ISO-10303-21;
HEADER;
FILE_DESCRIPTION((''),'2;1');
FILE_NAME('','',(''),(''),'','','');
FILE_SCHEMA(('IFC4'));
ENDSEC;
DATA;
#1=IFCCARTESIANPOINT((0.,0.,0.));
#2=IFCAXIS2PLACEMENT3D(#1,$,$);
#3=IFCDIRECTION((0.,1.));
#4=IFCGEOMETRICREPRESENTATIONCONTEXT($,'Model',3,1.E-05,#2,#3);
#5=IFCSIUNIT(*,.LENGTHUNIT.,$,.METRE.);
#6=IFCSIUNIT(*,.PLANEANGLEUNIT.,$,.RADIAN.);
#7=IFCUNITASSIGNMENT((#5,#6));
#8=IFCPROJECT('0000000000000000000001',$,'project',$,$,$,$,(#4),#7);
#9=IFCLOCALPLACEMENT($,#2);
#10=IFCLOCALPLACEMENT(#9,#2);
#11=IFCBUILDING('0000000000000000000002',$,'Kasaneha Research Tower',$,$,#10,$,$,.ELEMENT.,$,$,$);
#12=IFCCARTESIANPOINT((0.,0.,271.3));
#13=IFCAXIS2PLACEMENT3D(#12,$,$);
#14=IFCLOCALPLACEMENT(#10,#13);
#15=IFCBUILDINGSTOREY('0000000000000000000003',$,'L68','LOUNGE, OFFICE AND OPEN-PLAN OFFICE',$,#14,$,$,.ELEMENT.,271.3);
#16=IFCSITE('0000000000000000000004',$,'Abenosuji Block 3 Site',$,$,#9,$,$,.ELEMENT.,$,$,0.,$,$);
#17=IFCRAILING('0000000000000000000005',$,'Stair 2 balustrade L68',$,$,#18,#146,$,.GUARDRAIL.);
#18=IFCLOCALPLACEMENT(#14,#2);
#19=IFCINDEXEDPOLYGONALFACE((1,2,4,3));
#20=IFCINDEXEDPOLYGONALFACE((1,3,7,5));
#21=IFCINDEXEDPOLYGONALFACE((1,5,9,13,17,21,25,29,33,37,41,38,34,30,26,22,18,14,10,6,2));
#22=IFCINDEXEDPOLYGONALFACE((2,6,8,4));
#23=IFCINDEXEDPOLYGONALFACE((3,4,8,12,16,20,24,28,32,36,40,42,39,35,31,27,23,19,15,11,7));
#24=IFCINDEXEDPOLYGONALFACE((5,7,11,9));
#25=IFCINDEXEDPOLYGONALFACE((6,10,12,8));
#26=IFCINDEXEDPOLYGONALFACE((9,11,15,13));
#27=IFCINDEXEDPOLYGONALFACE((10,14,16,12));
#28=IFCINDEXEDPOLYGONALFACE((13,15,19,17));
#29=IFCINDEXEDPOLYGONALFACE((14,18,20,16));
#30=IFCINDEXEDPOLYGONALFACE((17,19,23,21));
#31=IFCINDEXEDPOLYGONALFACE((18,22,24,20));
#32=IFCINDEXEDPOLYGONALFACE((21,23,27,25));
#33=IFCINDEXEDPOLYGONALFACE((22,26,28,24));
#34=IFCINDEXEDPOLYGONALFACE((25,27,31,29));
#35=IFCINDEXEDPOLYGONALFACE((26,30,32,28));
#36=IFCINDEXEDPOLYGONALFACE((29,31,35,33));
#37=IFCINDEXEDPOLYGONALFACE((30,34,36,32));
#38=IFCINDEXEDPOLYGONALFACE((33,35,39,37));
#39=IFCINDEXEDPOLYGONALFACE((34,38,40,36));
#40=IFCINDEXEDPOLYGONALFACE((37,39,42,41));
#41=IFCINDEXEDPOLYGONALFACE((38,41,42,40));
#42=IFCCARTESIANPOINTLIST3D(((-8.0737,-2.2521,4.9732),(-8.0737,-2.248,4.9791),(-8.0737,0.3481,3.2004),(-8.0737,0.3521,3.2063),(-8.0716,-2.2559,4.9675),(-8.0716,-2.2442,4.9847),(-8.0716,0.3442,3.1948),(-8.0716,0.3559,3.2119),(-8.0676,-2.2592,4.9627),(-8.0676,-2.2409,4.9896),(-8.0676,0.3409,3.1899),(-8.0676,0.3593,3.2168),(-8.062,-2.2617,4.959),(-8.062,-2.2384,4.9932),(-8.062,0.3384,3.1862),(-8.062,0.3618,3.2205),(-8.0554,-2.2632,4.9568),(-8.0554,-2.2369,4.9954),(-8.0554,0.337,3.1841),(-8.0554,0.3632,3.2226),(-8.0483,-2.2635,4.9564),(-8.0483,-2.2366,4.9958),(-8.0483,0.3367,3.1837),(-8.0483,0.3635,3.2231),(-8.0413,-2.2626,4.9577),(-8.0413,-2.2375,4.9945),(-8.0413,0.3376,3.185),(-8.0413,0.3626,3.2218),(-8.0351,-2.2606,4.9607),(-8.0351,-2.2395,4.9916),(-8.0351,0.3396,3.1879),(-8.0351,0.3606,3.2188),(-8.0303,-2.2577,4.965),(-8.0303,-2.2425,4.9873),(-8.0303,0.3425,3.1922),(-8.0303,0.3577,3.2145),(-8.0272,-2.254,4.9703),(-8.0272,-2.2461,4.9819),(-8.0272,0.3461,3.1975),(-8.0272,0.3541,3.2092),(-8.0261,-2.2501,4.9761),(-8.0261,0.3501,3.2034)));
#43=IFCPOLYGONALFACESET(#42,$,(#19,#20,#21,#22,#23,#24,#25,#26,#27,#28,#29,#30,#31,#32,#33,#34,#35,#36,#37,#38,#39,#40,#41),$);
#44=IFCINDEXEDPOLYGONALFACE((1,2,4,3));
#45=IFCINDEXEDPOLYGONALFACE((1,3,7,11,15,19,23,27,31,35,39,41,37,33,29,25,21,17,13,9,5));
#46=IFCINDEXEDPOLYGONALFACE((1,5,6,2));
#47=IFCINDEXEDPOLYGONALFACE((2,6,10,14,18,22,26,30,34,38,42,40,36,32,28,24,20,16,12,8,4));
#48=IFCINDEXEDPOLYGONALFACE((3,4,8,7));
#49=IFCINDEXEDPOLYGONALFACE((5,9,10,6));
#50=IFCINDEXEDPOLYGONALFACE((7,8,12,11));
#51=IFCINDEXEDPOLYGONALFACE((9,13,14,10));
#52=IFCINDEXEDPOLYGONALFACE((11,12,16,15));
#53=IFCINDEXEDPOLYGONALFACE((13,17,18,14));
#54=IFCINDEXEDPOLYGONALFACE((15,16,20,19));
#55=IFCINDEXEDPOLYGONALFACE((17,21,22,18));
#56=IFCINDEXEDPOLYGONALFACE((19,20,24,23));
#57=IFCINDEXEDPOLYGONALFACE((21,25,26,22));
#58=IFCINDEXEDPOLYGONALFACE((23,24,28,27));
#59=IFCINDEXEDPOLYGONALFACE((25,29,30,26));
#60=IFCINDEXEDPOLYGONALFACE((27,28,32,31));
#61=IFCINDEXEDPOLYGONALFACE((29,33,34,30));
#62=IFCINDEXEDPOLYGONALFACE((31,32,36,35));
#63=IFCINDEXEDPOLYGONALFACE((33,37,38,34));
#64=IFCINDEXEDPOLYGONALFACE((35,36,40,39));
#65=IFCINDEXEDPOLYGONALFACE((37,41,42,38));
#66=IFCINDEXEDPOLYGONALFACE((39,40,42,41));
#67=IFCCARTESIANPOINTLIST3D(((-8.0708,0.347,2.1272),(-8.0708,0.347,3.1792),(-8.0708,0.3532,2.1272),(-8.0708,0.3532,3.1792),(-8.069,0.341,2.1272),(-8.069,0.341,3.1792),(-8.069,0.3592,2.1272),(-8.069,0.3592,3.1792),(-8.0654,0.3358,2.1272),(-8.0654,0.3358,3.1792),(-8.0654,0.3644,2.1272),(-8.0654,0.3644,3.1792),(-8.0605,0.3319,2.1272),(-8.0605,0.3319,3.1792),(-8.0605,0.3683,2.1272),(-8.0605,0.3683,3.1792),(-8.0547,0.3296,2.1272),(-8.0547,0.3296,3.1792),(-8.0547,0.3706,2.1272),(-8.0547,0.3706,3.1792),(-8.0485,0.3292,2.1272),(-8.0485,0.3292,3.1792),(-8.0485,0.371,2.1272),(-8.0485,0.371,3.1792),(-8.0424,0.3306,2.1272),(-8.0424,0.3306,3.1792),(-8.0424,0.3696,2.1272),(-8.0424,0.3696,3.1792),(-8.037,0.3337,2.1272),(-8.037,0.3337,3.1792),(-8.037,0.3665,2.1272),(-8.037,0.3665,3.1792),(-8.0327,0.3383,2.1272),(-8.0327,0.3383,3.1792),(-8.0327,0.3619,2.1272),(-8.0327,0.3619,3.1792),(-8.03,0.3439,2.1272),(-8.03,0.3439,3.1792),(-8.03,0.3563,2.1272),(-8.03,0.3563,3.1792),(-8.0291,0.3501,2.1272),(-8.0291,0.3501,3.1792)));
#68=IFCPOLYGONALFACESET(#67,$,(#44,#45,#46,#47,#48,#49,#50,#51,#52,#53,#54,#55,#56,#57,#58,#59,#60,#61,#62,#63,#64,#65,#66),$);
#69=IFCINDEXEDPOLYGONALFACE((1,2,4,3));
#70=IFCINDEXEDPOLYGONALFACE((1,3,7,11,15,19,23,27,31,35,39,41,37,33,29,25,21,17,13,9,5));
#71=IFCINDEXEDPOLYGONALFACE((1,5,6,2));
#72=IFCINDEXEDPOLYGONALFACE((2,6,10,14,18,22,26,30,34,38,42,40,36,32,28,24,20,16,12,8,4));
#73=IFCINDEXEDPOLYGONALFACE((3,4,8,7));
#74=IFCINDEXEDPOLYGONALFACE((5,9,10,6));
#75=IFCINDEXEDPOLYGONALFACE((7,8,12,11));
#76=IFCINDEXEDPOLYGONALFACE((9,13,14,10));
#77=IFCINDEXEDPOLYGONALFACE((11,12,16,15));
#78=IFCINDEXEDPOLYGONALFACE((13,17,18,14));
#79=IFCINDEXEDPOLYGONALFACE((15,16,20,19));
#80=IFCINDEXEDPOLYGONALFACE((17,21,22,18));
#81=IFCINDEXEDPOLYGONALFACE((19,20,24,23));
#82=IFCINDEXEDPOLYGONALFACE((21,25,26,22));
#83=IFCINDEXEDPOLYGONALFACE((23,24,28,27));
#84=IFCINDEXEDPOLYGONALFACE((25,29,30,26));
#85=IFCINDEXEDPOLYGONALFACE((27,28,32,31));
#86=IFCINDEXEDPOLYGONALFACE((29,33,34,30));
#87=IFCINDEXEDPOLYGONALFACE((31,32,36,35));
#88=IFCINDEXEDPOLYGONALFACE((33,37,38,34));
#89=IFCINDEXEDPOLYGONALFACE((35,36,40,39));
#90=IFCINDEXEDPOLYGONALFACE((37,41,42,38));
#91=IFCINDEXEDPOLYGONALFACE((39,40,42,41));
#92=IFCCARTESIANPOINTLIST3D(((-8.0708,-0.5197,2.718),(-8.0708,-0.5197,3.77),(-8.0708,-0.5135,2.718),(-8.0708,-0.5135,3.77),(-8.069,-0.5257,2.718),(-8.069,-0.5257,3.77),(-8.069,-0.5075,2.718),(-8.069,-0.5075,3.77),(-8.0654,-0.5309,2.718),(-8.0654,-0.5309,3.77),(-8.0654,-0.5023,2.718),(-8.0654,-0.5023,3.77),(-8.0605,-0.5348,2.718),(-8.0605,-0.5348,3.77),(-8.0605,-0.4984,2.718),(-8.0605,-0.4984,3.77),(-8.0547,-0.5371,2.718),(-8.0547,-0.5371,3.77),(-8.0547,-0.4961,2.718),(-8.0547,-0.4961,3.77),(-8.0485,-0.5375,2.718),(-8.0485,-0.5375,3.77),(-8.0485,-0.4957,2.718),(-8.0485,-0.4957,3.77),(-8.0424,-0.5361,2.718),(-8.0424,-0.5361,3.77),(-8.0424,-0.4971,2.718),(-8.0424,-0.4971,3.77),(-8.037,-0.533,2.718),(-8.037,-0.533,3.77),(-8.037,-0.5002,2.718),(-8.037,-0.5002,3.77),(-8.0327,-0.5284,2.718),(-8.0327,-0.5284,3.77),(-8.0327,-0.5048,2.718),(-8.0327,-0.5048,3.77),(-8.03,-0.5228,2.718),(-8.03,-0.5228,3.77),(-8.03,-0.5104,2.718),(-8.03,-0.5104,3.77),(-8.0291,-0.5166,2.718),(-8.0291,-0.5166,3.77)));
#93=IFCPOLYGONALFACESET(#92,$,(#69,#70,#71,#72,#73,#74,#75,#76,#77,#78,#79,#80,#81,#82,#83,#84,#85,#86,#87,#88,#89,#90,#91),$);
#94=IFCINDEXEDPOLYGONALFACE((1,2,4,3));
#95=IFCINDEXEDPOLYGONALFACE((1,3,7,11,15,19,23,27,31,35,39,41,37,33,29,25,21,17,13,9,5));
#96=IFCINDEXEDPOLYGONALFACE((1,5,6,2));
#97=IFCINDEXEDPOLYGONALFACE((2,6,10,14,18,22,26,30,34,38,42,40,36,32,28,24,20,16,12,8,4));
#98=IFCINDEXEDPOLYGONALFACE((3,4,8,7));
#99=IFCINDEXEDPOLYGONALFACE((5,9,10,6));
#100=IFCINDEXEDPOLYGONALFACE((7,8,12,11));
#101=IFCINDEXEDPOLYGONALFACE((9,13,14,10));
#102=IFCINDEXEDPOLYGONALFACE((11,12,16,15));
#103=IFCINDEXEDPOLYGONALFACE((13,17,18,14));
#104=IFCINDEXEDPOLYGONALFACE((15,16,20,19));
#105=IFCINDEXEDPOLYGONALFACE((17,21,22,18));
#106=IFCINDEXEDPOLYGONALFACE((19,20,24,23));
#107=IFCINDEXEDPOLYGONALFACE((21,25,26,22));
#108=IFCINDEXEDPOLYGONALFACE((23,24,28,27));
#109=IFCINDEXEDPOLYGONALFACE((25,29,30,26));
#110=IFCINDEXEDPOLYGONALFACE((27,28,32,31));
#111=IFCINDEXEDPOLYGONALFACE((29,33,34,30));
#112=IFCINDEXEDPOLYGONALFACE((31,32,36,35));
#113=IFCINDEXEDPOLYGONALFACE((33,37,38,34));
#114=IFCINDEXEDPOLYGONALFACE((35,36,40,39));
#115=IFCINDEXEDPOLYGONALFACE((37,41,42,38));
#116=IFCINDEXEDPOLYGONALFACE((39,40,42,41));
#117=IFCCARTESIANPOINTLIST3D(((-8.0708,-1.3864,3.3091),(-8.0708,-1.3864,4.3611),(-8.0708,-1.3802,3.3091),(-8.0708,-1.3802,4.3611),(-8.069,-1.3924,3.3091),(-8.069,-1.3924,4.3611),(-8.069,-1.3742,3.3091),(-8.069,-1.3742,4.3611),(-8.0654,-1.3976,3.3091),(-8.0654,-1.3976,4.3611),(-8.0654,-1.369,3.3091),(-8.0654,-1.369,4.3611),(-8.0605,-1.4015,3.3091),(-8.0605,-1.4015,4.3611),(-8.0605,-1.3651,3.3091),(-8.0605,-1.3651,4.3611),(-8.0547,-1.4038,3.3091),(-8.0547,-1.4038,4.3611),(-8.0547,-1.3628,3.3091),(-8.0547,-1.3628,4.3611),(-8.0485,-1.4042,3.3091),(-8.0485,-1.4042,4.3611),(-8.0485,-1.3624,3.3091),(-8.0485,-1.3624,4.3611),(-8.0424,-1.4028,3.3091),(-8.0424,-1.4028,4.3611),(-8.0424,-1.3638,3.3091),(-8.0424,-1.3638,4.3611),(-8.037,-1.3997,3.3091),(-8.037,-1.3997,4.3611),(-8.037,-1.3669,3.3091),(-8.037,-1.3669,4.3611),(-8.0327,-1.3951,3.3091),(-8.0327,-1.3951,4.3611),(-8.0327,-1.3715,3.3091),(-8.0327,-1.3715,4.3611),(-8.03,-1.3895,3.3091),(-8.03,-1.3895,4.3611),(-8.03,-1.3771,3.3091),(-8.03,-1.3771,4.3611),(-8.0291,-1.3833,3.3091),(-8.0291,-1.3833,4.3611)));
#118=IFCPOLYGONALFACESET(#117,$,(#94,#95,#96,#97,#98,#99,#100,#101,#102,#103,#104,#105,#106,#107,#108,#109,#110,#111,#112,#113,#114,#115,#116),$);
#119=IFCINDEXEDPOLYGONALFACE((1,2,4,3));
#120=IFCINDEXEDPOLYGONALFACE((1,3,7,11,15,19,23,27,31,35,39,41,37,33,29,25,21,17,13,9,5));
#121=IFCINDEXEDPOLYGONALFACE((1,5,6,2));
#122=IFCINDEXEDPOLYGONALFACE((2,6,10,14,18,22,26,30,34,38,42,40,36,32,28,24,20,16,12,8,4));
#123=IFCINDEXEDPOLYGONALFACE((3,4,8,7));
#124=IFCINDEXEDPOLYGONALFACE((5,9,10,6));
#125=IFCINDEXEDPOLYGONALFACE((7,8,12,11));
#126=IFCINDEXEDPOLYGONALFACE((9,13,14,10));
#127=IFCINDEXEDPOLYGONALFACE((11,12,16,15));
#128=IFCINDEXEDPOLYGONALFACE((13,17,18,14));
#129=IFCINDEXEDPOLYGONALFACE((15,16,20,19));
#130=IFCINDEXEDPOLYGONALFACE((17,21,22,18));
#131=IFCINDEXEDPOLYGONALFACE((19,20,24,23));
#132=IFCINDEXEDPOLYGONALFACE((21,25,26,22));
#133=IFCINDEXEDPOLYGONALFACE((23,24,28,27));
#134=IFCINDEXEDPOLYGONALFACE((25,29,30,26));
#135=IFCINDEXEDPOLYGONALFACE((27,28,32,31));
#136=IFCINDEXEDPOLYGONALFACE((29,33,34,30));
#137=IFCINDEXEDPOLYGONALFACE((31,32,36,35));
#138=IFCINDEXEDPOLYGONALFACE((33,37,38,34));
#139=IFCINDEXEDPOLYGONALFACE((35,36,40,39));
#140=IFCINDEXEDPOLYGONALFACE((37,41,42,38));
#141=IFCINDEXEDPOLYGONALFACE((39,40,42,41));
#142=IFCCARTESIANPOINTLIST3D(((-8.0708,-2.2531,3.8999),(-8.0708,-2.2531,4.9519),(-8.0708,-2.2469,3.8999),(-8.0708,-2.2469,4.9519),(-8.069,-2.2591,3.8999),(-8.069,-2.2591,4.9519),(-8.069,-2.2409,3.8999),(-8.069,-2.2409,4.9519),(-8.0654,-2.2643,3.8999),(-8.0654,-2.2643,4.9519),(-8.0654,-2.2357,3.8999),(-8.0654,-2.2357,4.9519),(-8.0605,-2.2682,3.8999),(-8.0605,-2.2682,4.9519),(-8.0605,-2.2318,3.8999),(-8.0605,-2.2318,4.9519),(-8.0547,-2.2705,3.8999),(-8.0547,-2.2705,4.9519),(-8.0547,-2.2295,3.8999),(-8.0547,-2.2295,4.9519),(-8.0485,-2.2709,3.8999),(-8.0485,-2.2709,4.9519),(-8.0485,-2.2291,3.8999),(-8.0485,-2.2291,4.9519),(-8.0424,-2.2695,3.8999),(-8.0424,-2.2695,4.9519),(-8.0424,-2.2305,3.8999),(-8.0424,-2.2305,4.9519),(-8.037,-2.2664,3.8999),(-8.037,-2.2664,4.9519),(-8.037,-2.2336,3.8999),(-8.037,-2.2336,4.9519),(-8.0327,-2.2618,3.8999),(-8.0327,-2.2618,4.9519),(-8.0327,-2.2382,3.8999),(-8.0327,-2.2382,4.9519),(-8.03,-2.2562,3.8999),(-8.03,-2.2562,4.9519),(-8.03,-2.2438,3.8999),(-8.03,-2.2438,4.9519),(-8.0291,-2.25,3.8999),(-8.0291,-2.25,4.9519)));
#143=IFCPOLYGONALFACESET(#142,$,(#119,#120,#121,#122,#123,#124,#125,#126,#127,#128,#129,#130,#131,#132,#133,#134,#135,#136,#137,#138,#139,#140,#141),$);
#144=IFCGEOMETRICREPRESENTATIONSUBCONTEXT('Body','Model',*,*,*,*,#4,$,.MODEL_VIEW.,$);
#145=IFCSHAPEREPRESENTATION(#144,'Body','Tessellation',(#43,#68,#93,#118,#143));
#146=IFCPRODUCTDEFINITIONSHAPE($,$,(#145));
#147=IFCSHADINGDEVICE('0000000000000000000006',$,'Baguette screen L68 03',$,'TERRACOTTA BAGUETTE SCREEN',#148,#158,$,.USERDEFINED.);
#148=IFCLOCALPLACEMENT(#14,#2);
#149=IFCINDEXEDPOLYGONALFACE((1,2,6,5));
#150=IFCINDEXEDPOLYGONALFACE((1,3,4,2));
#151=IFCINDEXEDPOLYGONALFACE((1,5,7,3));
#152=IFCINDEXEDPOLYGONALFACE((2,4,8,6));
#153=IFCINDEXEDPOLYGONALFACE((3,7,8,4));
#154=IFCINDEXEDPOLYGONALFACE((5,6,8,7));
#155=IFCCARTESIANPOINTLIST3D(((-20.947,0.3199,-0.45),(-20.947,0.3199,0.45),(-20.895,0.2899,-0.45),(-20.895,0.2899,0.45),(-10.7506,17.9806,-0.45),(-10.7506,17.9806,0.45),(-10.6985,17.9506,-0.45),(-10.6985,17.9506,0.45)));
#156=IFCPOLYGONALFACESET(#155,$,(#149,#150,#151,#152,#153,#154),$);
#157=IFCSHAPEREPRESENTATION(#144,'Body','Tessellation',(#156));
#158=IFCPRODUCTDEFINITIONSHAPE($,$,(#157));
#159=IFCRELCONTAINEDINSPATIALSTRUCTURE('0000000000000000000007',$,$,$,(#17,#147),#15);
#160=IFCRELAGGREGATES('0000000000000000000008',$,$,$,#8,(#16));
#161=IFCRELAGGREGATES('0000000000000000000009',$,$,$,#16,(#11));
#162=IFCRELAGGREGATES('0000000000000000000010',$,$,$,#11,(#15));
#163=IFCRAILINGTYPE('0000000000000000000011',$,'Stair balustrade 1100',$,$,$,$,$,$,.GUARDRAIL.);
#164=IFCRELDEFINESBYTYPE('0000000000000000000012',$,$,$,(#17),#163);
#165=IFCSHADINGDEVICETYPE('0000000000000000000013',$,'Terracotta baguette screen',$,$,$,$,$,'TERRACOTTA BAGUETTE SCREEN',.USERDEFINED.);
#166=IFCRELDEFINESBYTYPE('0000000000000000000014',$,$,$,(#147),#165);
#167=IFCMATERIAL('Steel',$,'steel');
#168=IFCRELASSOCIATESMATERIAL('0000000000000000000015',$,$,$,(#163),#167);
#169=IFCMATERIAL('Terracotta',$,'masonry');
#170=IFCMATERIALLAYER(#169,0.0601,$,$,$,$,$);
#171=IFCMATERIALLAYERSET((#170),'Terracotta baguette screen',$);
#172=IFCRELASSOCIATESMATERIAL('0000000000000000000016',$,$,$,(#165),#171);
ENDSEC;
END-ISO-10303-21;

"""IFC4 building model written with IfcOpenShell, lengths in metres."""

from ifc_helpers import new_model, si_unit, direction, frame, origin, origin_2d, place, context, subcontext, project, spatial, rectangle, circle, extrude, material, layer, layer_set, type_object, element, save


model = new_model("IFC4")

# Units and contexts
model_context = context("Model", 3, precision=1e-05, world=origin(), true_north=direction((0.0, 1.0)))
body_context = subcontext(model_context, "Body", "Model", "MODEL_VIEW")
ifc_project = project(units=[si_unit("LENGTHUNIT", "METRE"), si_unit("PLANEANGLEUNIT", "RADIAN")], contexts=[model_context])

# Site, building, storey
site_placement = place(None, origin())
site = spatial("IfcSite", under=ifc_project, at=site_placement, Name="Abenosuji Block 3 Site", CompositionType="ELEMENT", RefElevation=0.0)
building_placement = place(site_placement, origin())
building = spatial("IfcBuilding", under=site, at=building_placement, Name="Kasaneha Research Tower", CompositionType="ELEMENT")
storey_placement = place(building_placement, frame((0.0, 0.0, 271.3)))
storey = spatial("IfcBuildingStorey", under=building, at=storey_placement, Name="L68", Description="LOUNGE, OFFICE AND OPEN-PLAN OFFICE", CompositionType="ELEMENT", Elevation=271.3)

# Railing
ifc_material_1 = material(Name="Steel", Category="steel")
railing_type = type_object("IfcRailingType", Name="Stair balustrade 1100", PredefinedType="GUARDRAIL", material=ifc_material_1)
railing_placement = place(storey_placement, frame((-8.05, 0.3501, 2.1272)))
element("IfcRailing", 1, at=railing_placement, inside=storey, type_object=railing_type, Name="Stair 2 balustrade L68", PredefinedType="GUARDRAIL", context=body_context, shape_type="SweptSolid", body=[
    extrude(circle(Radius=0.0239, at=origin_2d()), frame((0.0, 0.0, 1.0762), z_axis=(0.0, -0.82624, 0.563318), x_axis=(1.0, 0.0, 0.0)), (0.0, 0.0, 1.0), 3.147),
    extrude(circle(Radius=0.021, at=origin_2d()), origin(), (0.0, 0.0, 1.0), 1.052),
    extrude(circle(Radius=0.021, at=origin_2d()), frame((0.0, -0.8667, 0.5908)), (0.0, 0.0, 1.0), 1.052),
    extrude(circle(Radius=0.021, at=origin_2d()), frame((0.0, -1.7334, 1.1819)), (0.0, 0.0, 1.0), 1.052),
    extrude(circle(Radius=0.021, at=origin_2d()), frame((0.0, -2.6001, 1.7727)), (0.0, 0.0, 1.0), 1.052),
])

# Shading device
ifc_material_2 = material(Name="Terracotta", Category="masonry")
ifc_layer_1 = layer(ifc_material_2, 0.0601)
ifc_layer_set_1 = layer_set([ifc_layer_1], Name="Terracotta baguette screen")
shading_device_type = type_object("IfcShadingDeviceType", Name="Terracotta baguette screen", ElementType="TERRACOTTA BAGUETTE SCREEN", PredefinedType="USERDEFINED", material=ifc_layer_set_1)
shading_device_placement = place(storey_placement, frame((-15.8228, 9.1353, -0.45), z_axis=(0.0, 0.0, 1.0), x_axis=(-0.5, -0.866025, 0.0)))
element("IfcShadingDevice", 2, at=shading_device_placement, inside=storey, type_object=shading_device_type, Name="Baguette screen L68 03", ObjectType="TERRACOTTA BAGUETTE SCREEN", PredefinedType="USERDEFINED", context=body_context, shape_type="SweptSolid", body=[
    extrude(rectangle(XDim=20.3928, YDim=0.0601, at=origin_2d()), origin(), (0.0, 0.0, 1.0), 0.8999),
])

save(model, "model.ifc")
